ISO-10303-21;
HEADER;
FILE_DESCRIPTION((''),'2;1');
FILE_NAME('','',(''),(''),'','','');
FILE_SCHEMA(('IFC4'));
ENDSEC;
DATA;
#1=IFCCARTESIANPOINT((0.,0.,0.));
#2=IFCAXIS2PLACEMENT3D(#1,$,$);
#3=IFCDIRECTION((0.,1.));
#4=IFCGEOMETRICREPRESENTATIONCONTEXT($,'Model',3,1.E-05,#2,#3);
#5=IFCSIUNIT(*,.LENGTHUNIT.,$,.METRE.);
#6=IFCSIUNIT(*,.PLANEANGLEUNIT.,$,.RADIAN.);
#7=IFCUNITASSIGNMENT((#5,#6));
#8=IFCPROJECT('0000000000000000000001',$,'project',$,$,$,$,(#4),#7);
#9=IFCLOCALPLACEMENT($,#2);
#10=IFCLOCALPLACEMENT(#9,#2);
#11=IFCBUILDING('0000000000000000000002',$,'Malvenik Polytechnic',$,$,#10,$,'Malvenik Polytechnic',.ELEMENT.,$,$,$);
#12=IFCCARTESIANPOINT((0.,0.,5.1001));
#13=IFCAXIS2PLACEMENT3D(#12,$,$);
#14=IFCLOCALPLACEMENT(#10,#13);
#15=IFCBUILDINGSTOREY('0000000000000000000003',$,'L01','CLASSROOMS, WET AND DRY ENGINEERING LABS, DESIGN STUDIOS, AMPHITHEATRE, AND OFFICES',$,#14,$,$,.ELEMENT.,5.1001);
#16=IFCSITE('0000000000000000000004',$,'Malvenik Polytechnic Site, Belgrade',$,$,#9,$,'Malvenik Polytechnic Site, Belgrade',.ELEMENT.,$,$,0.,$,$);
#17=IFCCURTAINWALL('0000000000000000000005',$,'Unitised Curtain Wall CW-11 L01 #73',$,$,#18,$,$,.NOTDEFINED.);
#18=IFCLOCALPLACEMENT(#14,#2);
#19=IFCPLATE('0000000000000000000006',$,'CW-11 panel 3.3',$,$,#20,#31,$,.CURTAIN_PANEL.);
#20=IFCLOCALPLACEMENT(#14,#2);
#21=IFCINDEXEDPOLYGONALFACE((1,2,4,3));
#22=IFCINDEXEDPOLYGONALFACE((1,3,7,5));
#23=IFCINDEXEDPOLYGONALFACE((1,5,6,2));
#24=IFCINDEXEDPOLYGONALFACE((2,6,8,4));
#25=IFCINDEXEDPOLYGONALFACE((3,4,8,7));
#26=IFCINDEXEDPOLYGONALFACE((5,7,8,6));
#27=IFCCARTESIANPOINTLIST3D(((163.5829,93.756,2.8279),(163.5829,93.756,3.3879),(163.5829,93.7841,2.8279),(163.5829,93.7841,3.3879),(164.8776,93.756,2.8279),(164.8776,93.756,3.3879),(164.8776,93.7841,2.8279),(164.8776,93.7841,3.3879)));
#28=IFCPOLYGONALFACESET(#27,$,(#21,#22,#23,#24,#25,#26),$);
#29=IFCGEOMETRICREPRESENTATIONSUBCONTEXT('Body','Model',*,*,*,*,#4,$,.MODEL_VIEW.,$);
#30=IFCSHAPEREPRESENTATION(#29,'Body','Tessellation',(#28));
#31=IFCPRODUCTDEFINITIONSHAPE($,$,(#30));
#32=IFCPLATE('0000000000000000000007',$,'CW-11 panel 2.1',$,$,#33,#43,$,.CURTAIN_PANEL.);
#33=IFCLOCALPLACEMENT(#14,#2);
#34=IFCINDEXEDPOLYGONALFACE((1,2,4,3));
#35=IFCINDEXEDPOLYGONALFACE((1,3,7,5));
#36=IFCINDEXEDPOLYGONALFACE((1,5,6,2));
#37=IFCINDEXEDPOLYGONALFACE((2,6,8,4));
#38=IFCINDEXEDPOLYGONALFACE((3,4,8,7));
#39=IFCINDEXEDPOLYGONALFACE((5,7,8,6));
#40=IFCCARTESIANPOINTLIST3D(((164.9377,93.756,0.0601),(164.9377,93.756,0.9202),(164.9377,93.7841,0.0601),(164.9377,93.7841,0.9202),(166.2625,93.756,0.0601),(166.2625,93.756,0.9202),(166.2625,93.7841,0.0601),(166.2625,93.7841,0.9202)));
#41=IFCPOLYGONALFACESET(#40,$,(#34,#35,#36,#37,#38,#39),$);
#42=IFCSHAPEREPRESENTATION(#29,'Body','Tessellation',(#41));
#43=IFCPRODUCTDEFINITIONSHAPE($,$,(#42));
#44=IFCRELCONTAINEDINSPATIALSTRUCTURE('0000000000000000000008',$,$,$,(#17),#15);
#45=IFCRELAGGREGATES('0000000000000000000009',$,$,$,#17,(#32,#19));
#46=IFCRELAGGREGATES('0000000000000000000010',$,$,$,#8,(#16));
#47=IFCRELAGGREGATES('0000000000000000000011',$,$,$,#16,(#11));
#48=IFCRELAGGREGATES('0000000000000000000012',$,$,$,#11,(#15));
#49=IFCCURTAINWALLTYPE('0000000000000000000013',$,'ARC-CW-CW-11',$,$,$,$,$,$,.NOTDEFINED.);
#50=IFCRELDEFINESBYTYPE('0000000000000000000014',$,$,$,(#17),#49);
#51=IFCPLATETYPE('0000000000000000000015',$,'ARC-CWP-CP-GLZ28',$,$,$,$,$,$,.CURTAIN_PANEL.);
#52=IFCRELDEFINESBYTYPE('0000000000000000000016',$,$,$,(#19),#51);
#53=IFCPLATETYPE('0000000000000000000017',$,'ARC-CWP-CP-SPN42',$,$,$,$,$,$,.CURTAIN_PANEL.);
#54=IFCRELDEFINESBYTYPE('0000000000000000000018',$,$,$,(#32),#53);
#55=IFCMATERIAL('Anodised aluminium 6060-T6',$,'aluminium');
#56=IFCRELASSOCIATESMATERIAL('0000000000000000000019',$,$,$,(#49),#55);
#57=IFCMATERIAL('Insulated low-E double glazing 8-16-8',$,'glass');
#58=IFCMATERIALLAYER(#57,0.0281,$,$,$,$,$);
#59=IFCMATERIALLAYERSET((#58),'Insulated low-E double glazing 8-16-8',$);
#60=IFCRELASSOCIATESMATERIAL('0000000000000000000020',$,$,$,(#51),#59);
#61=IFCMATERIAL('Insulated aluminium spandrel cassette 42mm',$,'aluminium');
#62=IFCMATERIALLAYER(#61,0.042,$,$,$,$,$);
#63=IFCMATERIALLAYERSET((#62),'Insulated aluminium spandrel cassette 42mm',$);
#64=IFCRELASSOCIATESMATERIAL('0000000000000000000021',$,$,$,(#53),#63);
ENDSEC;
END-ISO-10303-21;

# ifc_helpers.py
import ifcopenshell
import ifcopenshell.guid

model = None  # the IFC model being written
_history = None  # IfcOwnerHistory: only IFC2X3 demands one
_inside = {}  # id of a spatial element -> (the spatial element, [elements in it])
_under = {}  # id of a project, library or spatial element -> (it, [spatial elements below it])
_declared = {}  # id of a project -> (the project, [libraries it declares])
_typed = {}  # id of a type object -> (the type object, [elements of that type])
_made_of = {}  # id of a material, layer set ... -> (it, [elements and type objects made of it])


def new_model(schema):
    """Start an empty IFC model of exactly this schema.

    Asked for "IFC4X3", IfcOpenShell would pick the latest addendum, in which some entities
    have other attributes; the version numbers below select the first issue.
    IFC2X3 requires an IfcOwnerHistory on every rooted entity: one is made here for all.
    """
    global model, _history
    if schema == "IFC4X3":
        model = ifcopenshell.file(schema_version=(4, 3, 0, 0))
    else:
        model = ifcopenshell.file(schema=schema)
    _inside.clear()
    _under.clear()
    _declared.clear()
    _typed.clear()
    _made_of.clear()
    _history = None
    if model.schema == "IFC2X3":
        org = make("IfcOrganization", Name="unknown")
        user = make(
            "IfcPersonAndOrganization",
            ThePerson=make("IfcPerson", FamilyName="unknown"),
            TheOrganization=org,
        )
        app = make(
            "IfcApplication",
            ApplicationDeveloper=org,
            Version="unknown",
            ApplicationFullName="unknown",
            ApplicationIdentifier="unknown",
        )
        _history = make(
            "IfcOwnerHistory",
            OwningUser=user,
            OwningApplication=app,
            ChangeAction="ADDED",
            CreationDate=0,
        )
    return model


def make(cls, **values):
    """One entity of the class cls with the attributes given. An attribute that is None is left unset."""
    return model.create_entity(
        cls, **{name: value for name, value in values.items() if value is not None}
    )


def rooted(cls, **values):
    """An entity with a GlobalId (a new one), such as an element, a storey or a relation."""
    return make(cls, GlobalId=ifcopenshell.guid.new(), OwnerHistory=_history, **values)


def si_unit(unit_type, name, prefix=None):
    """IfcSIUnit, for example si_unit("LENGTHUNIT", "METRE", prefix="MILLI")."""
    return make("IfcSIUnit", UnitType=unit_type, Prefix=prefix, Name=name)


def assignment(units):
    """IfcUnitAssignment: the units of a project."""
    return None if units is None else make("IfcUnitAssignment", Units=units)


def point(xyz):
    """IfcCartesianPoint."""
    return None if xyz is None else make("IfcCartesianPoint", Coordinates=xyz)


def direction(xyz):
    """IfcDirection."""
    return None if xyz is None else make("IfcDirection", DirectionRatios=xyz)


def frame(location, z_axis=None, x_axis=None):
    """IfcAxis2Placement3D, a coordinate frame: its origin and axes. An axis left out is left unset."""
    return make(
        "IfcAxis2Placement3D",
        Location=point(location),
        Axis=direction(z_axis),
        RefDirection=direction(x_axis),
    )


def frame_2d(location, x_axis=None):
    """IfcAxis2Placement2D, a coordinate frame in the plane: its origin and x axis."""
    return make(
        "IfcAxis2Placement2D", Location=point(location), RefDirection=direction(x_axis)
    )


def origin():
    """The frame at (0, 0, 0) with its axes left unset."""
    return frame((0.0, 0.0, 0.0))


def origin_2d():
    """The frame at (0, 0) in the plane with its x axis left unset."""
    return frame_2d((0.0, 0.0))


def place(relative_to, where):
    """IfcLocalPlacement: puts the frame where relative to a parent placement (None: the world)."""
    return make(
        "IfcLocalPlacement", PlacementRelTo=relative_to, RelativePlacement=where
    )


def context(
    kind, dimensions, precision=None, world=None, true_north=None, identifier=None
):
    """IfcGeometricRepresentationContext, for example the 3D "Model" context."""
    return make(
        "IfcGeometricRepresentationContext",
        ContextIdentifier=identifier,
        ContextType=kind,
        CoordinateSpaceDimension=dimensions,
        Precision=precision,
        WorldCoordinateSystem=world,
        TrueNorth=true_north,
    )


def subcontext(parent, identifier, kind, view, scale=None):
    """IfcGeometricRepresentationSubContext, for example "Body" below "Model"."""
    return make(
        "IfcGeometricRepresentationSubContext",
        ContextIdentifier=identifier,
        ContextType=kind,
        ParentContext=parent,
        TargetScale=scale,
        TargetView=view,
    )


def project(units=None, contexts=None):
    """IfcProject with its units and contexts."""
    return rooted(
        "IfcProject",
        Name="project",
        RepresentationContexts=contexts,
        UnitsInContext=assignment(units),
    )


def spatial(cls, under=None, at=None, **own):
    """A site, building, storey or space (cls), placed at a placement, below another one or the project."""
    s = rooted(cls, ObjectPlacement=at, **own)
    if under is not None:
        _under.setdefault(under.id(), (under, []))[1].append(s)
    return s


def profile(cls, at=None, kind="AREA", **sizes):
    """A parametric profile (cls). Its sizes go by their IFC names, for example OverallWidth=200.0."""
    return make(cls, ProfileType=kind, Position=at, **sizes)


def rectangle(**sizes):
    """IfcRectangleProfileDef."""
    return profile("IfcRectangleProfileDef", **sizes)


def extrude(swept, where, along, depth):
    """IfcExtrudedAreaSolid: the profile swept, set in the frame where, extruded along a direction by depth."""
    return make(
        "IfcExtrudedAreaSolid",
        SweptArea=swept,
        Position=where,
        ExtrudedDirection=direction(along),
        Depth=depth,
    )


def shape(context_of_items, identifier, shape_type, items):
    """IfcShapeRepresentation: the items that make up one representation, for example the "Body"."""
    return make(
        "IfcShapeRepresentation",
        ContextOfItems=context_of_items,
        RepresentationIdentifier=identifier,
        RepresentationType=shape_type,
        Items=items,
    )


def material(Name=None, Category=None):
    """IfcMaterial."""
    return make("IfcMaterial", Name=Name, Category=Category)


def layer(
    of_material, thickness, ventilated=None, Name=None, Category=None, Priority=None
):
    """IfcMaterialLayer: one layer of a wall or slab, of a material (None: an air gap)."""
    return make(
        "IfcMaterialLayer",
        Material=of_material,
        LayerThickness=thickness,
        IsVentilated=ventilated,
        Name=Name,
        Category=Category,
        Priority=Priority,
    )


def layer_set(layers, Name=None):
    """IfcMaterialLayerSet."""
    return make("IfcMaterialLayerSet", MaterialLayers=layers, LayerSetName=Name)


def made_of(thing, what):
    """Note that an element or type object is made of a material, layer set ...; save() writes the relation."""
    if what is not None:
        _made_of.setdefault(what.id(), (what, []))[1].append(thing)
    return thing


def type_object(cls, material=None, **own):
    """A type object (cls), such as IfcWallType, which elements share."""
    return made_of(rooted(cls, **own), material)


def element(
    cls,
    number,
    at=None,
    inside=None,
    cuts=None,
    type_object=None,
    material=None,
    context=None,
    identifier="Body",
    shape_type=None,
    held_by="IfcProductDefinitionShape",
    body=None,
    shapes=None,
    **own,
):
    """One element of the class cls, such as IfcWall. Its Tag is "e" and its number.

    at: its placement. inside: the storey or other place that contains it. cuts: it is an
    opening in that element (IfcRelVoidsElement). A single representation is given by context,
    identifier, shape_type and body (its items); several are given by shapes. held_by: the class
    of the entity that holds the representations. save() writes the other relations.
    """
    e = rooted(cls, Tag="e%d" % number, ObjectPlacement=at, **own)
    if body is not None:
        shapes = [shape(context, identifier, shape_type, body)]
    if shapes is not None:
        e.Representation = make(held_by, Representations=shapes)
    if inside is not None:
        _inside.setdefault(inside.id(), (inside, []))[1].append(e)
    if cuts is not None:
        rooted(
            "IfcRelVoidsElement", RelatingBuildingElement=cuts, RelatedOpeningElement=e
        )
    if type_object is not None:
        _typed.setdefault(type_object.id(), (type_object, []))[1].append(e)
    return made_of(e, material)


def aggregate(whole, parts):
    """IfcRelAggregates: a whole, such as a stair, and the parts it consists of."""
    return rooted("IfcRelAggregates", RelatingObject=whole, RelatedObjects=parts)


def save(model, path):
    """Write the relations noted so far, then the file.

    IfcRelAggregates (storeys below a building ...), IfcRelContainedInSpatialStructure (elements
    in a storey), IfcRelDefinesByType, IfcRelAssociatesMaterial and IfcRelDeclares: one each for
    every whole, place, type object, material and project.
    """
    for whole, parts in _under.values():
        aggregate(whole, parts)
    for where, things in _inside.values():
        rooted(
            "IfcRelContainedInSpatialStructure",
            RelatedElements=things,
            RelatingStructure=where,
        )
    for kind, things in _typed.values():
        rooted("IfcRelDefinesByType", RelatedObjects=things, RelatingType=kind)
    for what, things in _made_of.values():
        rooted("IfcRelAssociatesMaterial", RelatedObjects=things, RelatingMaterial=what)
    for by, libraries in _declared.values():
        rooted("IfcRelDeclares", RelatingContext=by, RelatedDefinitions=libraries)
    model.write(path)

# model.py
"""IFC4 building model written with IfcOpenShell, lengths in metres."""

from ifc_helpers import new_model, si_unit, direction, frame, origin, origin_2d, place, context, subcontext, project, spatial, rectangle, extrude, material, layer, layer_set, type_object, element, aggregate, save


model = new_model("IFC4")

# Units and contexts
model_context = context("Model", 3, precision=1e-05, world=origin(), true_north=direction((0.0, 1.0)))
body_context = subcontext(model_context, "Body", "Model", "MODEL_VIEW")
ifc_project = project(units=[si_unit("LENGTHUNIT", "METRE"), si_unit("PLANEANGLEUNIT", "RADIAN")], contexts=[model_context])

# Site, building, storey
site_placement = place(None, origin())
site = spatial("IfcSite", under=ifc_project, at=site_placement, Name="Malvenik Polytechnic Site, Belgrade", LongName="Malvenik Polytechnic Site, Belgrade", CompositionType="ELEMENT", RefElevation=0.0)
building_placement = place(site_placement, origin())
building = spatial("IfcBuilding", under=site, at=building_placement, Name="Malvenik Polytechnic", LongName="Malvenik Polytechnic", CompositionType="ELEMENT")
storey_placement = place(building_placement, frame((0.0, 0.0, 5.1001)))
storey = spatial("IfcBuildingStorey", under=building, at=storey_placement, Name="L01", Description="CLASSROOMS, WET AND DRY ENGINEERING LABS, DESIGN STUDIOS, AMPHITHEATRE, AND OFFICES", CompositionType="ELEMENT", Elevation=5.1001)

# Curtain wall
ifc_material_1 = material(Name="Anodised aluminium 6060-T6", Category="aluminium")
curtain_wall_type = type_object("IfcCurtainWallType", Name="ARC-CW-CW-11", PredefinedType="NOTDEFINED", material=ifc_material_1)
curtain_wall_placement = place(storey_placement, origin())
curtain_wall = element("IfcCurtainWall", 1, at=curtain_wall_placement, inside=storey, type_object=curtain_wall_type, Name="Unitised Curtain Wall CW-11 L01 #73", PredefinedType="NOTDEFINED")

# Plates
ifc_material_2 = material(Name="Insulated low-E double glazing 8-16-8", Category="glass")
ifc_layer_1 = layer(ifc_material_2, 0.0281)
ifc_layer_set_1 = layer_set([ifc_layer_1], Name="Insulated low-E double glazing 8-16-8")
plate_type_1 = type_object("IfcPlateType", Name="ARC-CWP-CP-GLZ28", PredefinedType="CURTAIN_PANEL", material=ifc_layer_set_1)
plate_1_placement = place(storey_placement, frame((164.2302, 93.77, 2.8279), z_axis=(0.0, 0.0, 1.0), x_axis=(-1.0, 0.0, 0.0)))
plate_1 = element("IfcPlate", 2, at=plate_1_placement, type_object=plate_type_1, Name="CW-11 panel 3.3", PredefinedType="CURTAIN_PANEL", context=body_context, shape_type="SweptSolid", body=[
    extrude(rectangle(XDim=1.2947, YDim=0.0281, at=origin_2d()), origin(), (0.0, 0.0, 1.0), 0.5601),
])
ifc_material_3 = material(Name="Insulated aluminium spandrel cassette 42mm", Category="aluminium")
ifc_layer_2 = layer(ifc_material_3, 0.042)
ifc_layer_set_2 = layer_set([ifc_layer_2], Name="Insulated aluminium spandrel cassette 42mm")
plate_type_2 = type_object("IfcPlateType", Name="ARC-CWP-CP-SPN42", PredefinedType="CURTAIN_PANEL", material=ifc_layer_set_2)
plate_2_placement = place(storey_placement, frame((165.6001, 93.77, 0.0601), z_axis=(0.0, 0.0, 1.0), x_axis=(-1.0, 0.0, 0.0)))
plate_2 = element("IfcPlate", 3, at=plate_2_placement, type_object=plate_type_2, Name="CW-11 panel 2.1", PredefinedType="CURTAIN_PANEL", context=body_context, shape_type="SweptSolid", body=[
    extrude(rectangle(XDim=1.3247, YDim=0.0281, at=origin_2d()), origin(), (0.0, 0.0, 1.0), 0.8601),
])
aggregate(curtain_wall, [plate_2, plate_1])

save(model, "model.ifc")
